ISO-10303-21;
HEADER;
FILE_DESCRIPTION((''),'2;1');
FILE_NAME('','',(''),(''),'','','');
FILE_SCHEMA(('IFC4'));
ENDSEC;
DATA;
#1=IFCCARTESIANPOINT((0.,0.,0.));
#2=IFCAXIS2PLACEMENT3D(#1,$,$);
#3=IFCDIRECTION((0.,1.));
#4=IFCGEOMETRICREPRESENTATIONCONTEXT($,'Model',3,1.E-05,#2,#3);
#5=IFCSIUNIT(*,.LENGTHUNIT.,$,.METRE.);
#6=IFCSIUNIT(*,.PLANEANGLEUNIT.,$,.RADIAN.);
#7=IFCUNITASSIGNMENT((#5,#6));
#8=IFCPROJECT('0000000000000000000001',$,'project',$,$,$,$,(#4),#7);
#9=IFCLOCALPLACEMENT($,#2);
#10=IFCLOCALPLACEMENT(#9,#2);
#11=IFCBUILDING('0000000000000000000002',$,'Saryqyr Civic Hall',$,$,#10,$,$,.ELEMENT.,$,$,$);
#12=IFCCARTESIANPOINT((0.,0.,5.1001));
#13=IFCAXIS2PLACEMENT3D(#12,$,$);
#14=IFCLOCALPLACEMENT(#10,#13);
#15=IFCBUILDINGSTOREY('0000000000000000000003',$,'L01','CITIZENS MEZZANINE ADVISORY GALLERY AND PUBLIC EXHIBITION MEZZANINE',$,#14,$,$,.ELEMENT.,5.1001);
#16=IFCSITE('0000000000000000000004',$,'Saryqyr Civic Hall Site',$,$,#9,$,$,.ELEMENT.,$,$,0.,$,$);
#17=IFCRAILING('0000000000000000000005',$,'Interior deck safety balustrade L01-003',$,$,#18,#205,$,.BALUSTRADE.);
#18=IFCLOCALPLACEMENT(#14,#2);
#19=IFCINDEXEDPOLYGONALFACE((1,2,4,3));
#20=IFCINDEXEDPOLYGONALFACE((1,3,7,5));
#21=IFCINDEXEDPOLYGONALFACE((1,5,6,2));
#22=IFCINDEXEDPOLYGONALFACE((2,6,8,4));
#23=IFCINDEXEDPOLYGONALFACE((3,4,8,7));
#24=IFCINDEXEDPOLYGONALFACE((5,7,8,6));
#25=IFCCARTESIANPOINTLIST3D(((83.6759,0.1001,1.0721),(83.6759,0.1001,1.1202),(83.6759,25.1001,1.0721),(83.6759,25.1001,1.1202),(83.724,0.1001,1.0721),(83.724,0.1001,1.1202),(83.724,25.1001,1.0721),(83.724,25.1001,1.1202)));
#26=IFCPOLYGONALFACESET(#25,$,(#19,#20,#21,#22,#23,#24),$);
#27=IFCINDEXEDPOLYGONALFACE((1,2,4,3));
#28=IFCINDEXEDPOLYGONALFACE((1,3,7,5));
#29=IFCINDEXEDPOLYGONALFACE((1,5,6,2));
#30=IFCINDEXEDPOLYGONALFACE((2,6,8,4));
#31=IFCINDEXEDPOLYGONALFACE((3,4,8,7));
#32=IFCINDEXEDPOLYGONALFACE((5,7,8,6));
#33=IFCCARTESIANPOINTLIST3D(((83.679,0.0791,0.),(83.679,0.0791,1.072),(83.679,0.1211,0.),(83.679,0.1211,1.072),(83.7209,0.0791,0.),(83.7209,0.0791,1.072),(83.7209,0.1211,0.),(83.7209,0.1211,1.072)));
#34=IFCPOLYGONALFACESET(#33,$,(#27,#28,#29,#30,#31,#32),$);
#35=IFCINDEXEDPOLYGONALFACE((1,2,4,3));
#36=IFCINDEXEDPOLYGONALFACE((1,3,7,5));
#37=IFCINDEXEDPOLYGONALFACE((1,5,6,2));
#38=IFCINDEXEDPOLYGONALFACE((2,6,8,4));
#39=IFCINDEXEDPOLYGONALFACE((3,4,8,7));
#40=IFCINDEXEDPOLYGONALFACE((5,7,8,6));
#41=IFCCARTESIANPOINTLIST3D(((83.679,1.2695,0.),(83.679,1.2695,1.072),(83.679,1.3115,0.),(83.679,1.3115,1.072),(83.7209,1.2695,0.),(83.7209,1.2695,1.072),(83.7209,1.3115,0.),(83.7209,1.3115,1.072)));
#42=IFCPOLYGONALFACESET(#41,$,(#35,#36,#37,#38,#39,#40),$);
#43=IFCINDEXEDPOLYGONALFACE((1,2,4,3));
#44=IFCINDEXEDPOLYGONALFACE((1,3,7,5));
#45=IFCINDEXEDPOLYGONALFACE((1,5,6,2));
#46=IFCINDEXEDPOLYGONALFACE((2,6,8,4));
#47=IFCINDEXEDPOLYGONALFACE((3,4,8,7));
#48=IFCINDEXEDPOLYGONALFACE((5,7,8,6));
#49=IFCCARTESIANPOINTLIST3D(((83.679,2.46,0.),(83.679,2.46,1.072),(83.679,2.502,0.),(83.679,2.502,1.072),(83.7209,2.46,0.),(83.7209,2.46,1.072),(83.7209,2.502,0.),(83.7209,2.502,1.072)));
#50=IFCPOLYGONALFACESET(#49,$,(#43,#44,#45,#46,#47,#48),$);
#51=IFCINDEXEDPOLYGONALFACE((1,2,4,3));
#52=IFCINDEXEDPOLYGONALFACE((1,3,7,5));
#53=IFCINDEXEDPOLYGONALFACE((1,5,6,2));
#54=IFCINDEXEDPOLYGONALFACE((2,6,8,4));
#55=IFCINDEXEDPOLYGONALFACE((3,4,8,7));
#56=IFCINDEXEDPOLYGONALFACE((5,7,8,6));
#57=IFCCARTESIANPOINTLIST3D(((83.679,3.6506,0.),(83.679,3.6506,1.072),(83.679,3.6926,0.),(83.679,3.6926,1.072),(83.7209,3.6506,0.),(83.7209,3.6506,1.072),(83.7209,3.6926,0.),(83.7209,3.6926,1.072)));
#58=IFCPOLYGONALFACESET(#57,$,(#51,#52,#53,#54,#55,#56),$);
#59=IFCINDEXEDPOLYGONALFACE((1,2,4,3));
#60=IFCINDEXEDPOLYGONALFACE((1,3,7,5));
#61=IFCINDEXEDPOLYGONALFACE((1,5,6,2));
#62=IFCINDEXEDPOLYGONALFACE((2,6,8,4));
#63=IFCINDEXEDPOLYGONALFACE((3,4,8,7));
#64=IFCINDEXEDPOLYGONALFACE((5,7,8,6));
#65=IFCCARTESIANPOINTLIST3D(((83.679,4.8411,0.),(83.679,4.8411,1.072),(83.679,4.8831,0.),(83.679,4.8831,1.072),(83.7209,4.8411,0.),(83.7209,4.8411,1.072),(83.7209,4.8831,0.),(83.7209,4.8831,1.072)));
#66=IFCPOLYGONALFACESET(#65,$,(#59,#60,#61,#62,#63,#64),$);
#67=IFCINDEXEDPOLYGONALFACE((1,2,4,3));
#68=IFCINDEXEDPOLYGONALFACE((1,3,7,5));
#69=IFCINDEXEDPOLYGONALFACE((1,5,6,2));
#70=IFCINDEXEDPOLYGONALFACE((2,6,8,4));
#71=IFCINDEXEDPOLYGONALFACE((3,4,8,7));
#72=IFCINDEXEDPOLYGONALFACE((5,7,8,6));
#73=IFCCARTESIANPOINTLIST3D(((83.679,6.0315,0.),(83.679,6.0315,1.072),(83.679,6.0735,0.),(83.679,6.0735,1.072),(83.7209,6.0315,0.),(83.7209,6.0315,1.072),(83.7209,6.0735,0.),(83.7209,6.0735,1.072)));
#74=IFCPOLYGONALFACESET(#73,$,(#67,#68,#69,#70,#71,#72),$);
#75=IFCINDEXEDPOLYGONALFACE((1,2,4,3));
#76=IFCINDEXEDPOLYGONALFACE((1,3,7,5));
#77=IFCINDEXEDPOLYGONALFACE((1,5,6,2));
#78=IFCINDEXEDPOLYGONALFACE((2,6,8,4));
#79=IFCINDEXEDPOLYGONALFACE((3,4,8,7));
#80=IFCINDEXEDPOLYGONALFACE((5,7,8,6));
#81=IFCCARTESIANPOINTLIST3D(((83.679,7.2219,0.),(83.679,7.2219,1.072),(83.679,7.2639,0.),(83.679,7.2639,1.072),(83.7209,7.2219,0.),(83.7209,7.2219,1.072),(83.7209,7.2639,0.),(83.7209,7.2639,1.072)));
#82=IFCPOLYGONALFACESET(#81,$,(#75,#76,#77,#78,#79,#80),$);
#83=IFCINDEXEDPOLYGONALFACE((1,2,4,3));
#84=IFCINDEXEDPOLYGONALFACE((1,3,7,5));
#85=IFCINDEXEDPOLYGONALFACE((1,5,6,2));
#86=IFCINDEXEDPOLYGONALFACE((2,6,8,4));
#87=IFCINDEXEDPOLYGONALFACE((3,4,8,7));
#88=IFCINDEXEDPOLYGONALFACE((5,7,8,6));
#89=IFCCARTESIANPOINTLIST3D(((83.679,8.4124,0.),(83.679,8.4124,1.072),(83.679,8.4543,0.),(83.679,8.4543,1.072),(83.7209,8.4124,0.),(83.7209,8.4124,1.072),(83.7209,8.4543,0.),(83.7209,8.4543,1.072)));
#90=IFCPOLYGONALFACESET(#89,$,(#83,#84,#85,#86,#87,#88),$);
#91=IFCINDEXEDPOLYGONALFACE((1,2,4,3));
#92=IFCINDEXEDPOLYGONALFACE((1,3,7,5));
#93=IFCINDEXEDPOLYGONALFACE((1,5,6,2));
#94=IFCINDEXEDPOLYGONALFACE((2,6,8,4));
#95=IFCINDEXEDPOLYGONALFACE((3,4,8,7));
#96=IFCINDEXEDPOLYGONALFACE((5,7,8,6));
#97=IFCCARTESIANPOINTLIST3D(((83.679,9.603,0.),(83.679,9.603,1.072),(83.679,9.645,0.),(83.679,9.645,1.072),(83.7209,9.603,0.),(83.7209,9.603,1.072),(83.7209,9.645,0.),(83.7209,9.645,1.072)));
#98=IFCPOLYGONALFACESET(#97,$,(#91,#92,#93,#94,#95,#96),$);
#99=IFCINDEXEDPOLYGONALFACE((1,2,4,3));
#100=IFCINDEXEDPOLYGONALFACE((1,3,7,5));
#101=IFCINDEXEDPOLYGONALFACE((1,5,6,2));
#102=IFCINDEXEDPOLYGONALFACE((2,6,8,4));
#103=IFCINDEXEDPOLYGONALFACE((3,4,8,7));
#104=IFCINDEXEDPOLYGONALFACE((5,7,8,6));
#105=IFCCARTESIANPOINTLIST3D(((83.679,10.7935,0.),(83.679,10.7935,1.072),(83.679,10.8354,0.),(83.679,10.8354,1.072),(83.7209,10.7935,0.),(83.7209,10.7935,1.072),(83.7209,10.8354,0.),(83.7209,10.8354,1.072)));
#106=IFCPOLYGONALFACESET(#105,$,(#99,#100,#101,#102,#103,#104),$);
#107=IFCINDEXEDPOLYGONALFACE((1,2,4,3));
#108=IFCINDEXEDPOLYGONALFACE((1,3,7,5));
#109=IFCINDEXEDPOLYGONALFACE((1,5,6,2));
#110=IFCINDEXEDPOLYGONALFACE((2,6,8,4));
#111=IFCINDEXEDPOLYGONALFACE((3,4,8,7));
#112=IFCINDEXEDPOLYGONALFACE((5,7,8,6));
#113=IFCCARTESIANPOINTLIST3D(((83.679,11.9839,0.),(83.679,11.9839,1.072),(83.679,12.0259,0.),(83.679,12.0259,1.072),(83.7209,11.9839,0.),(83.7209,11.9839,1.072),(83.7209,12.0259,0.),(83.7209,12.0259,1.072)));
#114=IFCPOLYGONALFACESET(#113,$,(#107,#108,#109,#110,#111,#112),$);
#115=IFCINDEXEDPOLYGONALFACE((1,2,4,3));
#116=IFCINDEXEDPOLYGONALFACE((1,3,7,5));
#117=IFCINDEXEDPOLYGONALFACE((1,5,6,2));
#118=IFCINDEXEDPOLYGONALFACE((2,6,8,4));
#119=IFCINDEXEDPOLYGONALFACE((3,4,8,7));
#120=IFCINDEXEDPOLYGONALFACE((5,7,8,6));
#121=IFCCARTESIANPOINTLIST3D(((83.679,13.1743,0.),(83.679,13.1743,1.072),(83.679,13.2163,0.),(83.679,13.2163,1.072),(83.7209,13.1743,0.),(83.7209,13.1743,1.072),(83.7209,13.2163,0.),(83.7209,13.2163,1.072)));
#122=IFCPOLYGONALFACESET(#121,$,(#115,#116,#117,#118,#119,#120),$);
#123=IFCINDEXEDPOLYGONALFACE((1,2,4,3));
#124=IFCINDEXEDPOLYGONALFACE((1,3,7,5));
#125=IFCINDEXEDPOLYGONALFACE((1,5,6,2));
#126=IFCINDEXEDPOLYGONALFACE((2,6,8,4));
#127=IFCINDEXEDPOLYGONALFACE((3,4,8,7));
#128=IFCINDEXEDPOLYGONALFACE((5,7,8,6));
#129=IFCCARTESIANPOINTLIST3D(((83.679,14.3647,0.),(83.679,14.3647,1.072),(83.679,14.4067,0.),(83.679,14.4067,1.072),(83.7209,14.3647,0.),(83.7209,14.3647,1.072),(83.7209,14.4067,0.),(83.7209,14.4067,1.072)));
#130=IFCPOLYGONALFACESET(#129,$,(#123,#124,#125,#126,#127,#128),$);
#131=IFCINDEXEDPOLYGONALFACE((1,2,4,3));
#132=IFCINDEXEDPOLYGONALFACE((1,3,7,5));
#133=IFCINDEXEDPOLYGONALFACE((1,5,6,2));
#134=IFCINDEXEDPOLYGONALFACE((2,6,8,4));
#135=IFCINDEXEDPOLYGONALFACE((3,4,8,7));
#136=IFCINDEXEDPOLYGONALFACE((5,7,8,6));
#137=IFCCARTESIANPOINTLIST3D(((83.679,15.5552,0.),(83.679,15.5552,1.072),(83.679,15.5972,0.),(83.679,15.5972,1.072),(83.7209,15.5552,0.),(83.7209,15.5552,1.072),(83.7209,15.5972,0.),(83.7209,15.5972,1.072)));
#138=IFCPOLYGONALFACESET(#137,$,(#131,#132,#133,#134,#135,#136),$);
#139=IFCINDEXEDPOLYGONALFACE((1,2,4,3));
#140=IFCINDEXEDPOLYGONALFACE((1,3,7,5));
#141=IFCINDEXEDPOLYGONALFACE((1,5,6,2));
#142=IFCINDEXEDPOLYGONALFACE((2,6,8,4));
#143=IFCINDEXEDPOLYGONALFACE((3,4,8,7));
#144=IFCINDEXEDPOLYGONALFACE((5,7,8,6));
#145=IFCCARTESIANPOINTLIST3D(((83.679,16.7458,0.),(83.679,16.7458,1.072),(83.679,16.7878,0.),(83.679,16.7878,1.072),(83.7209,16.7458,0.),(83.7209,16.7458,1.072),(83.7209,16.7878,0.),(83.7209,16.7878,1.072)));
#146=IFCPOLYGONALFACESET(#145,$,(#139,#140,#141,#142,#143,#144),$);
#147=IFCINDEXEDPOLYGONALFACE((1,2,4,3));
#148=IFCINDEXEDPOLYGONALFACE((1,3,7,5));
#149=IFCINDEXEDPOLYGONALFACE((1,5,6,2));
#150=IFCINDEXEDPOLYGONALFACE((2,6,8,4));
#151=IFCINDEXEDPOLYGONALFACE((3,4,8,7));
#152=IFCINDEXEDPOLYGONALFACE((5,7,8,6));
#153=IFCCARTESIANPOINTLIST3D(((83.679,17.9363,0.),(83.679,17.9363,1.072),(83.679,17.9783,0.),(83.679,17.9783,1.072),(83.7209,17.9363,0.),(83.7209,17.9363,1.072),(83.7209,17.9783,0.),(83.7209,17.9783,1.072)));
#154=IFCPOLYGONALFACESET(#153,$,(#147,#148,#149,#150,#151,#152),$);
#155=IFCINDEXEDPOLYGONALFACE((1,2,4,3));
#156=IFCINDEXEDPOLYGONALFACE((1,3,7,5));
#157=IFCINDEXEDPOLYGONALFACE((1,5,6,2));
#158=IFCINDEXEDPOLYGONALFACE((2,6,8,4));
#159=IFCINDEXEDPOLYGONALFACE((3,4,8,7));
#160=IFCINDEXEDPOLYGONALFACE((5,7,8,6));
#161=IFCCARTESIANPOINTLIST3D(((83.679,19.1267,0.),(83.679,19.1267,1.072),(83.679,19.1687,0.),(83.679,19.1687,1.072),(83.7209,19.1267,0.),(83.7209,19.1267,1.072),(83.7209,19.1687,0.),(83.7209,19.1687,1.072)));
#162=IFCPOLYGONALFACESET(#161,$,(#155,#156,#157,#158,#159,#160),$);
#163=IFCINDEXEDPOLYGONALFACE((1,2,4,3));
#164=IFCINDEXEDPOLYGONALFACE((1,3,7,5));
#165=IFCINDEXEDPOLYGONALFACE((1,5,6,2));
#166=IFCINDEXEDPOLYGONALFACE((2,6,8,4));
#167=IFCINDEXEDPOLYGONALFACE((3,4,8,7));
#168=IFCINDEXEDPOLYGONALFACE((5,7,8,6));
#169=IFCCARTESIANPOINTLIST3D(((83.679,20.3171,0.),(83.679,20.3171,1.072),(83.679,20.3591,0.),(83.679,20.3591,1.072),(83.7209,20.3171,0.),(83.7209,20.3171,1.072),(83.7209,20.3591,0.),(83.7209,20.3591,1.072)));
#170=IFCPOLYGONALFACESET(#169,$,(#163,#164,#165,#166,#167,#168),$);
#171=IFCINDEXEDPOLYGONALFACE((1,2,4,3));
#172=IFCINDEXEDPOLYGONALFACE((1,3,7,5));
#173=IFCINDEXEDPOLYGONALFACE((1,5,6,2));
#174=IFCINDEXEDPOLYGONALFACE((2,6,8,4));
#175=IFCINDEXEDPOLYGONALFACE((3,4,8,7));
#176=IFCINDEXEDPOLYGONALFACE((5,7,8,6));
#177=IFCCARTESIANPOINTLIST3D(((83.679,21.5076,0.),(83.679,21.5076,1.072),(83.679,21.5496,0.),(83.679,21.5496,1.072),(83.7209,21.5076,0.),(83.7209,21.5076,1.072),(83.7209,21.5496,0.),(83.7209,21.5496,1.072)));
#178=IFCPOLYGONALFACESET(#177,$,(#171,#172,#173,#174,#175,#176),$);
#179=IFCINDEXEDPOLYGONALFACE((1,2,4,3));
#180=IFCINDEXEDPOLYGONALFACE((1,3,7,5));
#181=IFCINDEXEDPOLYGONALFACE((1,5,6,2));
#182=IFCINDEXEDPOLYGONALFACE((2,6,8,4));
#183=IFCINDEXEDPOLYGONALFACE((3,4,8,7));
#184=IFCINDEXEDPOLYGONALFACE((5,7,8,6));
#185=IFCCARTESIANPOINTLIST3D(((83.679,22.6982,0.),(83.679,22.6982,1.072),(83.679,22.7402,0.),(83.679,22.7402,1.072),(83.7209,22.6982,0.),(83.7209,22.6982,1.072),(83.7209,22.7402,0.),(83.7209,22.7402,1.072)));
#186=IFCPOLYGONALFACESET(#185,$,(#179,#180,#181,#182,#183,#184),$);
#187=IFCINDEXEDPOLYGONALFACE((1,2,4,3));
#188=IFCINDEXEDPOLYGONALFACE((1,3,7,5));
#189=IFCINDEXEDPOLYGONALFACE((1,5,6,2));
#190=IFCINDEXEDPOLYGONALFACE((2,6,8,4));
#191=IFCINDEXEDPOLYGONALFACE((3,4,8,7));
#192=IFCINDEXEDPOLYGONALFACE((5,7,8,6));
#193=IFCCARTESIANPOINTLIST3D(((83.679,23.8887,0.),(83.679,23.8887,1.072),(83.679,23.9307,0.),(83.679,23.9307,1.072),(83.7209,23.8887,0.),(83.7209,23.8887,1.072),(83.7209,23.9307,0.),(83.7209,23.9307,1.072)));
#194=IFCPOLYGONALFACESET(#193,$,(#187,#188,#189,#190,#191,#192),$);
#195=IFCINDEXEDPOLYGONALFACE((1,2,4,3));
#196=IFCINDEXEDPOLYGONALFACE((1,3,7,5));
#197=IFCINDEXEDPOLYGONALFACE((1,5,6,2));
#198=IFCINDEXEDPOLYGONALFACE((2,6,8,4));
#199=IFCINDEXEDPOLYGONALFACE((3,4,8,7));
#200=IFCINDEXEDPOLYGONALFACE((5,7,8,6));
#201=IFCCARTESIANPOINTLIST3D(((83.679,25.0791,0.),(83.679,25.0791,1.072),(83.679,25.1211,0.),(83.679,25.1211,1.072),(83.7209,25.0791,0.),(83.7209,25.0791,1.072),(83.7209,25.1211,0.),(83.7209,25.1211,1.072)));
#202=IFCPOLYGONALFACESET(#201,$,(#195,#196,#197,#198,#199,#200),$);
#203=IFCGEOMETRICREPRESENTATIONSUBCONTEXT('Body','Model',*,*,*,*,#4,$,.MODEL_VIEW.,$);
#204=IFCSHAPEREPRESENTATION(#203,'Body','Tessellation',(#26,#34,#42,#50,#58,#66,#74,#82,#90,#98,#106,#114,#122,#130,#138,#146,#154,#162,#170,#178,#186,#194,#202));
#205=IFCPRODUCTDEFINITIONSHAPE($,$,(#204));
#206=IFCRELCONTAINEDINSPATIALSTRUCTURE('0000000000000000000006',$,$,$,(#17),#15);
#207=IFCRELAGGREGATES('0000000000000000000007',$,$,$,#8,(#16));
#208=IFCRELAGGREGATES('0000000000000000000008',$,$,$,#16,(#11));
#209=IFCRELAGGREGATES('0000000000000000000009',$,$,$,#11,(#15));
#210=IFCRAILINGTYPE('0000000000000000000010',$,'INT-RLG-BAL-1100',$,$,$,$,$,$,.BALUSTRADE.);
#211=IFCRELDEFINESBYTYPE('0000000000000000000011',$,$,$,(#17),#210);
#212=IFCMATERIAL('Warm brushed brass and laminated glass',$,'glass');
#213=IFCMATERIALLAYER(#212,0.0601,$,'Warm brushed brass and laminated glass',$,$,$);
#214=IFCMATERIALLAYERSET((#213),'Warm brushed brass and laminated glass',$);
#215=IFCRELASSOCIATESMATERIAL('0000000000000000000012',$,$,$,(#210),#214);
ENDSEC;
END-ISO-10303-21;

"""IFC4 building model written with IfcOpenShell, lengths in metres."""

from ifc_helpers import new_model, si_unit, direction, frame, origin, origin_2d, place, context, subcontext, project, spatial, rectangle, extrude, material, layer, layer_set, type_object, element, save


model = new_model("IFC4")

# Units and contexts
model_context = context("Model", 3, precision=1e-05, world=origin(), true_north=direction((0.0, 1.0)))
body_context = subcontext(model_context, "Body", "Model", "MODEL_VIEW")
ifc_project = project(units=[si_unit("LENGTHUNIT", "METRE"), si_unit("PLANEANGLEUNIT", "RADIAN")], contexts=[model_context])

# Site, building, storey
site_placement = place(None, origin())
site = spatial("IfcSite", under=ifc_project, at=site_placement, Name="Saryqyr Civic Hall Site", CompositionType="ELEMENT", RefElevation=0.0)
building_placement = place(site_placement, origin())
building = spatial("IfcBuilding", under=site, at=building_placement, Name="Saryqyr Civic Hall", CompositionType="ELEMENT")
storey_placement = place(building_placement, frame((0.0, 0.0, 5.1001)))
storey = spatial("IfcBuildingStorey", under=building, at=storey_placement, Name="L01", Description="CITIZENS MEZZANINE ADVISORY GALLERY AND PUBLIC EXHIBITION MEZZANINE", CompositionType="ELEMENT", Elevation=5.1001)

# Railing
ifc_material_1 = material(Name="Warm brushed brass and laminated glass", Category="glass")
ifc_layer_1 = layer(ifc_material_1, 0.0601, Name="Warm brushed brass and laminated glass")
ifc_layer_set_1 = layer_set([ifc_layer_1], Name="Warm brushed brass and laminated glass")
railing_type = type_object("IfcRailingType", Name="INT-RLG-BAL-1100", PredefinedType="BALUSTRADE", material=ifc_layer_set_1)
railing_1_placement = place(storey_placement, frame((83.7, 0.1001, 0.0)))
element("IfcRailing", 1, at=railing_1_placement, inside=storey, type_object=railing_type, Name="Interior deck safety balustrade L01-003", PredefinedType="BALUSTRADE", context=body_context, shape_type="SweptSolid", body=[
    extrude(rectangle(XDim=0.0481, YDim=0.0481, at=origin_2d()), frame((0.0, 0.0, 1.0962), z_axis=(0.0, 1.0, 0.0), x_axis=(-1.0, 0.0, 0.0)), (0.0, 0.0, 1.0), 25.0),
    extrude(rectangle(XDim=0.042, YDim=0.042, at=origin_2d()), origin(), (0.0, 0.0, 1.0), 1.072),
    extrude(rectangle(XDim=0.042, YDim=0.042, at=origin_2d()), frame((0.0, 1.1904, 0.0)), (0.0, 0.0, 1.0), 1.072),
    extrude(rectangle(XDim=0.042, YDim=0.042, at=origin_2d()), frame((0.0, 2.3809, 0.0)), (0.0, 0.0, 1.0), 1.072),
    extrude(rectangle(XDim=0.042, YDim=0.042, at=origin_2d()), frame((0.0, 3.5715, 0.0)), (0.0, 0.0, 1.0), 1.072),
    extrude(rectangle(XDim=0.042, YDim=0.042, at=origin_2d()), frame((0.0, 4.762, 0.0)), (0.0, 0.0, 1.0), 1.072),
    extrude(rectangle(XDim=0.042, YDim=0.042, at=origin_2d()), frame((0.0, 5.9524, 0.0)), (0.0, 0.0, 1.0), 1.072),
    extrude(rectangle(XDim=0.042, YDim=0.042, at=origin_2d()), frame((0.0, 7.1428, 0.0)), (0.0, 0.0, 1.0), 1.072),
    extrude(rectangle(XDim=0.042, YDim=0.042, at=origin_2d()), frame((0.0, 8.3333, 0.0)), (0.0, 0.0, 1.0), 1.072),
    extrude(rectangle(XDim=0.042, YDim=0.042, at=origin_2d()), frame((0.0, 9.5239, 0.0)), (0.0, 0.0, 1.0), 1.072),
    extrude(rectangle(XDim=0.042, YDim=0.042, at=origin_2d()), frame((0.0, 10.7144, 0.0)), (0.0, 0.0, 1.0), 1.072),
    extrude(rectangle(XDim=0.042, YDim=0.042, at=origin_2d()), frame((0.0, 11.9048, 0.0)), (0.0, 0.0, 1.0), 1.072),
    extrude(rectangle(XDim=0.042, YDim=0.042, at=origin_2d()), frame((0.0, 13.0952, 0.0)), (0.0, 0.0, 1.0), 1.072),
    extrude(rectangle(XDim=0.042, YDim=0.042, at=origin_2d()), frame((0.0, 14.2856, 0.0)), (0.0, 0.0, 1.0), 1.072),
    extrude(rectangle(XDim=0.042, YDim=0.042, at=origin_2d()), frame((0.0, 15.4761, 0.0)), (0.0, 0.0, 1.0), 1.072),
    extrude(rectangle(XDim=0.042, YDim=0.042, at=origin_2d()), frame((0.0, 16.6667, 0.0)), (0.0, 0.0, 1.0), 1.072),
    extrude(rectangle(XDim=0.042, YDim=0.042, at=origin_2d()), frame((0.0, 17.8572, 0.0)), (0.0, 0.0, 1.0), 1.072),
    extrude(rectangle(XDim=0.042, YDim=0.042, at=origin_2d()), frame((0.0, 19.0476, 0.0)), (0.0, 0.0, 1.0), 1.072),
    extrude(rectangle(XDim=0.042, YDim=0.042, at=origin_2d()), frame((0.0, 20.238, 0.0)), (0.0, 0.0, 1.0), 1.072),
    extrude(rectangle(XDim=0.042, YDim=0.042, at=origin_2d()), frame((0.0, 21.4285, 0.0)), (0.0, 0.0, 1.0), 1.072),
    extrude(rectangle(XDim=0.042, YDim=0.042, at=origin_2d()), frame((0.0, 22.6191, 0.0)), (0.0, 0.0, 1.0), 1.072),
    extrude(rectangle(XDim=0.042, YDim=0.042, at=origin_2d()), frame((0.0, 23.8096, 0.0)), (0.0, 0.0, 1.0), 1.072),
    extrude(rectangle(XDim=0.042, YDim=0.042, at=origin_2d()), frame((0.0, 25.0, 0.0)), (0.0, 0.0, 1.0), 1.072),
])

save(model, "model.ifc")
